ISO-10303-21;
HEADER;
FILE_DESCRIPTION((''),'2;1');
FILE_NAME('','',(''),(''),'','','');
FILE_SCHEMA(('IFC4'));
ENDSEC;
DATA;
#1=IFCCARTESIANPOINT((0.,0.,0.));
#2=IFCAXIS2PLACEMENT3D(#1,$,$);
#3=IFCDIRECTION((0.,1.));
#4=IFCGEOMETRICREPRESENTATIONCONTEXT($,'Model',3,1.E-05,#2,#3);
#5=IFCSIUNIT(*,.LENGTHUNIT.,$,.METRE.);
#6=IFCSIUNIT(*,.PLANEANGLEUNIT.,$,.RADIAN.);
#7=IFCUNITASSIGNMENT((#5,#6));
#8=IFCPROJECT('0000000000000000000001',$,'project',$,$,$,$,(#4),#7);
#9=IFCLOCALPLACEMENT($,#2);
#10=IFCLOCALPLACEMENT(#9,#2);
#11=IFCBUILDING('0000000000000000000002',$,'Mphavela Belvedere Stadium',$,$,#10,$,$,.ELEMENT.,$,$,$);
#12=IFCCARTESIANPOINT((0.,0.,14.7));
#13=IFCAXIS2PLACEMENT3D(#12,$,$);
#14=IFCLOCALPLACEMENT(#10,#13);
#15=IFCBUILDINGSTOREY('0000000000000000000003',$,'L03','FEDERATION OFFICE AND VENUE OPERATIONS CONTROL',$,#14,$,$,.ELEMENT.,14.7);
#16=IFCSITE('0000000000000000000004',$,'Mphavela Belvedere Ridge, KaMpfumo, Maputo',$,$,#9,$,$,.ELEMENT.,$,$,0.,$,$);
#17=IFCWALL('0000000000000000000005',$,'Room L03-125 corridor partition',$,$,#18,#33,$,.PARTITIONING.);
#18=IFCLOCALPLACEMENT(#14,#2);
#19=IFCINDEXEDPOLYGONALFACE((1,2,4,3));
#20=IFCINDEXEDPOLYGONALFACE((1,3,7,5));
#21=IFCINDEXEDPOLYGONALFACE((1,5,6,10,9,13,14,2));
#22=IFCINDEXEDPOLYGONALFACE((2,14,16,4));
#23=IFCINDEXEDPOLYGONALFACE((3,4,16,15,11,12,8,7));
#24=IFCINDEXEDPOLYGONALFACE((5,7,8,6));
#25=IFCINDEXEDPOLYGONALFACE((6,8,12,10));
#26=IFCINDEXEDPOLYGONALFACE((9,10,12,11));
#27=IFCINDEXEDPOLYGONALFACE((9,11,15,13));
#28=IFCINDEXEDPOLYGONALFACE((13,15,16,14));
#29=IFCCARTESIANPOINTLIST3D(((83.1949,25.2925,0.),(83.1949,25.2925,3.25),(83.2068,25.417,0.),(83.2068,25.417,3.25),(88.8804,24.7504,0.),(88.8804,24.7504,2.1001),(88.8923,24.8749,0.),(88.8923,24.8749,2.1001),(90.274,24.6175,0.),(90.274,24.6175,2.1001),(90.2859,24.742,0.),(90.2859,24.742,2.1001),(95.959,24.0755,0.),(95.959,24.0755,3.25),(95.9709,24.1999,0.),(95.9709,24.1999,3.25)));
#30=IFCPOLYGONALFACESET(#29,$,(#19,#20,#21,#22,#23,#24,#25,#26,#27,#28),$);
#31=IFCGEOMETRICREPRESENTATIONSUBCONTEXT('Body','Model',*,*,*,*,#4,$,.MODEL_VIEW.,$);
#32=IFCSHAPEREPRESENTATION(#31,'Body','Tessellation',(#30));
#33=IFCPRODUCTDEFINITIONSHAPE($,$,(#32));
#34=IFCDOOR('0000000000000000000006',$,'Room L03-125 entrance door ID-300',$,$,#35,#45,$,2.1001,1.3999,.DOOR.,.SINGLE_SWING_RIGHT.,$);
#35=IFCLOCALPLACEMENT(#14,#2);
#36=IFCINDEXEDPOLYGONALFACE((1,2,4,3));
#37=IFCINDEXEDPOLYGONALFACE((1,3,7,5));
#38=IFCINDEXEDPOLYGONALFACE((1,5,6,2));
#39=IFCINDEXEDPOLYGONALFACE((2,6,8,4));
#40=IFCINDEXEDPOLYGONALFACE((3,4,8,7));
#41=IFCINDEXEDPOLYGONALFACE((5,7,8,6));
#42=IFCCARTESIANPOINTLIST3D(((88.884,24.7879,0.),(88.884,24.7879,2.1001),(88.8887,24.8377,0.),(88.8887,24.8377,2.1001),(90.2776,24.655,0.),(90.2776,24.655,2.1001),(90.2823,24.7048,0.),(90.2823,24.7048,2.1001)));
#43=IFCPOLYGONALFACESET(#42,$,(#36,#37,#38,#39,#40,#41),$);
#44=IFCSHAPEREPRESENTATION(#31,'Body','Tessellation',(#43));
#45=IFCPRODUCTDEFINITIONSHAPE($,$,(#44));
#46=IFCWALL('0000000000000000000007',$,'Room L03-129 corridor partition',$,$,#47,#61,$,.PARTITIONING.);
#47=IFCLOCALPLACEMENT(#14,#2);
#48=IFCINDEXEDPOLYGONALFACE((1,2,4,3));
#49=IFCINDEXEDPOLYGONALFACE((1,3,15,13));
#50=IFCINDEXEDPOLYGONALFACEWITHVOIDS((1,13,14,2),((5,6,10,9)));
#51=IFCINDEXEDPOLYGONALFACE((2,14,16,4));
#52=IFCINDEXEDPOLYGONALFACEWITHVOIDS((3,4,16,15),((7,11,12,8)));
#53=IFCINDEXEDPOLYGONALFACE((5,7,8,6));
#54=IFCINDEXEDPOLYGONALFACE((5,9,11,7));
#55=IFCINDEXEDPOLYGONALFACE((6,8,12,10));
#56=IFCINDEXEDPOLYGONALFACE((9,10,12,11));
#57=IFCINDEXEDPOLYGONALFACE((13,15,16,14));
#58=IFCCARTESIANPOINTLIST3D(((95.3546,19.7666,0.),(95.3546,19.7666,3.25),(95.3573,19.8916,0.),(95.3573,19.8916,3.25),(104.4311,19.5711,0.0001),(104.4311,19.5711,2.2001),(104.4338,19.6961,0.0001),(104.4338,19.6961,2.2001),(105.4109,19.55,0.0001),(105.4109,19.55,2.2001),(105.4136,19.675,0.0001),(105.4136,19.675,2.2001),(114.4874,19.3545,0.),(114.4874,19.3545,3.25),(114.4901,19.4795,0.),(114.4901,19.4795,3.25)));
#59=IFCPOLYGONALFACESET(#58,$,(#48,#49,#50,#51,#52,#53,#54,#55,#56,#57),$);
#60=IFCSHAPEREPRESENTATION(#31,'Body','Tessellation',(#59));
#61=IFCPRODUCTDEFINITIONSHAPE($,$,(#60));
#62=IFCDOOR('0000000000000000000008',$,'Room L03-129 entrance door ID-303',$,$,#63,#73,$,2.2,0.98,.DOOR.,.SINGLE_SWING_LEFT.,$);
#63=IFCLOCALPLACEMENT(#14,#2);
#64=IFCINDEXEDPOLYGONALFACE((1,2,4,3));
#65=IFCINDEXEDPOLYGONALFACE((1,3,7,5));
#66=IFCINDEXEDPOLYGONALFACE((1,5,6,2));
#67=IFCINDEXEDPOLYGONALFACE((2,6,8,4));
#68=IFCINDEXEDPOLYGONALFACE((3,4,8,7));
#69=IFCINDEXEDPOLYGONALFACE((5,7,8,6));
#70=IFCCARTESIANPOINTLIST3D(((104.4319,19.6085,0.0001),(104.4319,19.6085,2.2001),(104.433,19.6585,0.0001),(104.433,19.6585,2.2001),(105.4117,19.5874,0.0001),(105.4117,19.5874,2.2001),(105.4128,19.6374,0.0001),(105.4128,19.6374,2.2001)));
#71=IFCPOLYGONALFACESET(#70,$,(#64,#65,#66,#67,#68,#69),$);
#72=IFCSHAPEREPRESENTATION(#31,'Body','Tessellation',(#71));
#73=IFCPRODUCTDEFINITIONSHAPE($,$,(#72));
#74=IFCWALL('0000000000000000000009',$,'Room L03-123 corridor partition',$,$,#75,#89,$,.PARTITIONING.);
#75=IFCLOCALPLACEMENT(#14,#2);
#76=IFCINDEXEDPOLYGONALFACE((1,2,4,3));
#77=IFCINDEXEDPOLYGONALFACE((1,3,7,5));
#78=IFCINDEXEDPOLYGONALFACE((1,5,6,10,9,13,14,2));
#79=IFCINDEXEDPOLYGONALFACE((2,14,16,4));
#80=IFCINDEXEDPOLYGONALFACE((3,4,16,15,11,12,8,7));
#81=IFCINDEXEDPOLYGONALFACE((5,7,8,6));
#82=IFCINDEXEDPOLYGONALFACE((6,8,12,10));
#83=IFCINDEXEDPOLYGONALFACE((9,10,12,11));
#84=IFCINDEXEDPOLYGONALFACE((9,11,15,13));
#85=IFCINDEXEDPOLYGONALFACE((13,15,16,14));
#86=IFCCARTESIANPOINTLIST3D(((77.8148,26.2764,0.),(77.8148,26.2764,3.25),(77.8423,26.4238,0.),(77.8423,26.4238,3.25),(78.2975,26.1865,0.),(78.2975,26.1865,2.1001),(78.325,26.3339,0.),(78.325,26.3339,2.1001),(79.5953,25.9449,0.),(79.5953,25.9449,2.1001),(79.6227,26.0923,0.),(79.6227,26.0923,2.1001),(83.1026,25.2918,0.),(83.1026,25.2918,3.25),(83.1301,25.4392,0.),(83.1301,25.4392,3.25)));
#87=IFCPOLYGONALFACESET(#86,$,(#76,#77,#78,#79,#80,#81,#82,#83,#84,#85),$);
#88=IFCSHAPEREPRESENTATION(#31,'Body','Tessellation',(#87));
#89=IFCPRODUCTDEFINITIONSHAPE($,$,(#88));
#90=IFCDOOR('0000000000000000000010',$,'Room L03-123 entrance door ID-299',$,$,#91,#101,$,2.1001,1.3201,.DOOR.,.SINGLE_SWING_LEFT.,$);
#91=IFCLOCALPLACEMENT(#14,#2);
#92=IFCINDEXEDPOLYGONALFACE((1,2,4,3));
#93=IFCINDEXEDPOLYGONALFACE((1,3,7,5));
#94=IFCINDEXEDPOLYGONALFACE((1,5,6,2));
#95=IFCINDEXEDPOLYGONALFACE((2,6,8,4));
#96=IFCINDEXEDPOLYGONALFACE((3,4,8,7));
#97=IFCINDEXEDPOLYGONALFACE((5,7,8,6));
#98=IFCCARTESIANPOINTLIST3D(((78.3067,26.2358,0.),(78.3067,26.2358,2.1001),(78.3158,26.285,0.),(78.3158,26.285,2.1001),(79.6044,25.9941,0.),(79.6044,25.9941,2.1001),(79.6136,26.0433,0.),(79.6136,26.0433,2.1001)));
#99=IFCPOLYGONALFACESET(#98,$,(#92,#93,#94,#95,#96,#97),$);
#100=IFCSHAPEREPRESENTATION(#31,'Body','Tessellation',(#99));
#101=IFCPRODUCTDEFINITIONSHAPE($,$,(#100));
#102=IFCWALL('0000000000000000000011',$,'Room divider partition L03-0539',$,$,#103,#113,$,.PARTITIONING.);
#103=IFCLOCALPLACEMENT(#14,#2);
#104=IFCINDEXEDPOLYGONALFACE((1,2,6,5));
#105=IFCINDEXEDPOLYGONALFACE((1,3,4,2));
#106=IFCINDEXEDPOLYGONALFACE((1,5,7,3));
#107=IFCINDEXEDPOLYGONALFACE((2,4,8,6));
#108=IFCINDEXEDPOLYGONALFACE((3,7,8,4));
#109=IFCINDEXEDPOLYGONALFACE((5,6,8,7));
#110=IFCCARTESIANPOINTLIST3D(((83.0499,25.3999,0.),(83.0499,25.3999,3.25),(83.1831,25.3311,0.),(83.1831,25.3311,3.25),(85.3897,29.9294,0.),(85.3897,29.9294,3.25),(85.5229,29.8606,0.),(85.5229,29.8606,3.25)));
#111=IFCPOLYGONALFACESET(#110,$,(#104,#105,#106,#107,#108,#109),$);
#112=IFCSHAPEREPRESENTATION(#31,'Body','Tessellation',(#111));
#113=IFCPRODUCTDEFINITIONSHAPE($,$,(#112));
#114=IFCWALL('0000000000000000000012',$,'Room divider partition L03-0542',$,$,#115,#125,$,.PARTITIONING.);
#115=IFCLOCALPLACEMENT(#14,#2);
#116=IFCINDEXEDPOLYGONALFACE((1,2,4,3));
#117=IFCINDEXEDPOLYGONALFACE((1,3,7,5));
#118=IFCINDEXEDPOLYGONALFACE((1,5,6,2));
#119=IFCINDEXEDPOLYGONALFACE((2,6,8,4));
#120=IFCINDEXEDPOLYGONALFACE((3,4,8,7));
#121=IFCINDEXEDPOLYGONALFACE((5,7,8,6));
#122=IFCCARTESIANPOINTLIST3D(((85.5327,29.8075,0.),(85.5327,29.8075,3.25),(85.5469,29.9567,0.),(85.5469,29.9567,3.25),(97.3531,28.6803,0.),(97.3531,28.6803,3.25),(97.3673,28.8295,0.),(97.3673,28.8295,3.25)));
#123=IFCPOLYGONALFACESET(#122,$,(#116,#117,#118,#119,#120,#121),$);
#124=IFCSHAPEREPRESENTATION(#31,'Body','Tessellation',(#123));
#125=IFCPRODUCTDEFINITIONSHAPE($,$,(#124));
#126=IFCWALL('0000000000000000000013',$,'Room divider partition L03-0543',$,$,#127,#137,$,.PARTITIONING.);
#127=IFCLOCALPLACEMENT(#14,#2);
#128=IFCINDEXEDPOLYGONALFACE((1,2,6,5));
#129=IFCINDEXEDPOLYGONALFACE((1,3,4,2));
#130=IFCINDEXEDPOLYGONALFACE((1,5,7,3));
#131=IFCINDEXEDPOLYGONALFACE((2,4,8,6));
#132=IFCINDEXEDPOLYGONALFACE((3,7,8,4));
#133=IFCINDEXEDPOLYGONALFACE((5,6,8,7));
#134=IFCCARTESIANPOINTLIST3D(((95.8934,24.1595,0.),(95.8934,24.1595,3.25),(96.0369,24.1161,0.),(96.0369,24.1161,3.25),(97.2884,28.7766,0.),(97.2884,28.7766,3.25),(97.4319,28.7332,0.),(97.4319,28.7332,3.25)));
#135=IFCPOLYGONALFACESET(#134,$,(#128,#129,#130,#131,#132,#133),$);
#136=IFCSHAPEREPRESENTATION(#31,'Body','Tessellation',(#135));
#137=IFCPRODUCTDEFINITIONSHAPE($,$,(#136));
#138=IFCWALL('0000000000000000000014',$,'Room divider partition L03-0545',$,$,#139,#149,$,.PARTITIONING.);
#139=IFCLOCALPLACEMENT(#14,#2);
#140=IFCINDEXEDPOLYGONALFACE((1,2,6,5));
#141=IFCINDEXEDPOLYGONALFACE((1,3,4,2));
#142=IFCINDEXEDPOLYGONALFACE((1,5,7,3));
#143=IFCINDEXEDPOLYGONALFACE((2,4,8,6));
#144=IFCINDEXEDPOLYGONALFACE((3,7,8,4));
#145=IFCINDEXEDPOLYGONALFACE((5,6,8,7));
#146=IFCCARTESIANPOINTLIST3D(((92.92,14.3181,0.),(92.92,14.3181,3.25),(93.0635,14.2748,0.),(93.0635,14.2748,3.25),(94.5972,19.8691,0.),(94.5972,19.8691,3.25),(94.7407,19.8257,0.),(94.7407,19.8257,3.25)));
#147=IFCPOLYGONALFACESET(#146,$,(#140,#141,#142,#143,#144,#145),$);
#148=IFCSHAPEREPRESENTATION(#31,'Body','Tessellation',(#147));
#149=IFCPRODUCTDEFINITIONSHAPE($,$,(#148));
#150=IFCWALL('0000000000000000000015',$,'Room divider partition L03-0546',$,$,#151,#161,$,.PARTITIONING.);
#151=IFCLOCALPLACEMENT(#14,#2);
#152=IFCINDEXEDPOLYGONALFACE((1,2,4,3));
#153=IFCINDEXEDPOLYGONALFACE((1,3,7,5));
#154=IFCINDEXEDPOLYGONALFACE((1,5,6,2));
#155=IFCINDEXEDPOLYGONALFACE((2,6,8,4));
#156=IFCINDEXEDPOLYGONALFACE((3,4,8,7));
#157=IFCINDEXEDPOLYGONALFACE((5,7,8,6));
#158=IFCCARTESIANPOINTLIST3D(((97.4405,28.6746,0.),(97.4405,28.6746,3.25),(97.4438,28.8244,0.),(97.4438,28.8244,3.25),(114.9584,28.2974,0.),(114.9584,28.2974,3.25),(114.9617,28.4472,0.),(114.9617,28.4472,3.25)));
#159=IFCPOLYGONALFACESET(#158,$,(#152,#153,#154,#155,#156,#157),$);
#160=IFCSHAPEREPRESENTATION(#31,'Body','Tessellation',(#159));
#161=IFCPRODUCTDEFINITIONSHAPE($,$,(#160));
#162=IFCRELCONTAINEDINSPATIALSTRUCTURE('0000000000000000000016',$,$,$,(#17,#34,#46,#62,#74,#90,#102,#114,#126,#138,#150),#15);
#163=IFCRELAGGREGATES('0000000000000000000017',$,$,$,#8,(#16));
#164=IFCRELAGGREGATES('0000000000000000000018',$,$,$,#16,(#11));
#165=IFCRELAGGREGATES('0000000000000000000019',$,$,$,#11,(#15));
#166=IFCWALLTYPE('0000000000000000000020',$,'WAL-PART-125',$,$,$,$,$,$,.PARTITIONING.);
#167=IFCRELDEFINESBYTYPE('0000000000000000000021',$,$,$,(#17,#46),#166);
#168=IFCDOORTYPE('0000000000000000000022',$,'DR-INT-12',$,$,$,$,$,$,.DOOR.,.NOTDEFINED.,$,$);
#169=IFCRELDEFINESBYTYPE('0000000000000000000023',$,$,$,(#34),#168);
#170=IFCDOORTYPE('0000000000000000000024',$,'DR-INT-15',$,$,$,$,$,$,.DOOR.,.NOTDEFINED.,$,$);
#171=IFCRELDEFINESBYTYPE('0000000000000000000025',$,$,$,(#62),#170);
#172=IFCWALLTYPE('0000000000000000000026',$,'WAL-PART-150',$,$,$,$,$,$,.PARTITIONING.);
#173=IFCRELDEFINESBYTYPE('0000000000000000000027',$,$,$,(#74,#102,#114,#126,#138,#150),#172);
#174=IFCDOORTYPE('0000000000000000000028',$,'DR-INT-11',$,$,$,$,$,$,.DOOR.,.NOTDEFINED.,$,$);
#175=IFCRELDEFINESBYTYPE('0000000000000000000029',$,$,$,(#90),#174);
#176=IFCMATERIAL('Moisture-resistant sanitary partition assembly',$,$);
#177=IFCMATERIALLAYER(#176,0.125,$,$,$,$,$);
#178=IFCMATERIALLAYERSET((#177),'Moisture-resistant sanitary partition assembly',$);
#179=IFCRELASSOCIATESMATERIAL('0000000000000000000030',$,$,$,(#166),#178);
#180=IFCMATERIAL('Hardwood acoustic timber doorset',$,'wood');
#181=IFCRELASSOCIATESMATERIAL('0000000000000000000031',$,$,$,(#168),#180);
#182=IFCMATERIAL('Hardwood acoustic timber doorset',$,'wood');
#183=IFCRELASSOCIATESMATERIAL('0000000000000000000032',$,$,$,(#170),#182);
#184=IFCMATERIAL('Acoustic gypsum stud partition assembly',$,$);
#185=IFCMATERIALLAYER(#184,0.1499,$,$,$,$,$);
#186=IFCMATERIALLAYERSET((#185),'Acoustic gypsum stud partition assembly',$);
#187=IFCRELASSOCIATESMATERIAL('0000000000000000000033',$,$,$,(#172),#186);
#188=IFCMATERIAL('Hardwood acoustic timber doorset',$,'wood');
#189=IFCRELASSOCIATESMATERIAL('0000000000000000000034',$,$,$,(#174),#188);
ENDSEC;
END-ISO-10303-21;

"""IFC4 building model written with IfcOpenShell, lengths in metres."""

from ifc_helpers import new_model, si_unit, direction, frame, frame_2d, origin, place, context, subcontext, project, spatial, rectangle, extrude, material, layer, layer_set, type_object, element, fill, save


model = new_model("IFC4")

# Units and contexts
model_context = context("Model", 3, precision=1e-05, world=origin(), true_north=direction((0.0, 1.0)))
body_context = subcontext(model_context, "Body", "Model", "MODEL_VIEW")
ifc_project = project(units=[si_unit("LENGTHUNIT", "METRE"), si_unit("PLANEANGLEUNIT", "RADIAN")], contexts=[model_context])

# Site, building, storey
site_placement = place(None, origin())
site = spatial("IfcSite", under=ifc_project, at=site_placement, Name="Mphavela Belvedere Ridge, KaMpfumo, Maputo", CompositionType="ELEMENT", RefElevation=0.0)
building_placement = place(site_placement, origin())
building = spatial("IfcBuilding", under=site, at=building_placement, Name="Mphavela Belvedere Stadium", CompositionType="ELEMENT")
storey_placement = place(building_placement, frame((0.0, 0.0, 14.7)))
storey = spatial("IfcBuildingStorey", under=building, at=storey_placement, Name="L03", Description="FEDERATION OFFICE AND VENUE OPERATIONS CONTROL", CompositionType="ELEMENT", Elevation=14.7)

# Walls, openings, doors
ifc_material_1 = material(Name="Moisture-resistant sanitary partition assembly")
ifc_layer_1 = layer(ifc_material_1, 0.125)
ifc_layer_set_1 = layer_set([ifc_layer_1], Name="Moisture-resistant sanitary partition assembly")
wall_type_1 = type_object("IfcWallType", Name="WAL-PART-125", PredefinedType="PARTITIONING", material=ifc_layer_set_1)
wall_1_placement = place(storey_placement, frame((95.9651, 24.1377, 0.0), z_axis=(0.0, 0.0, 1.0), x_axis=(-0.995485, 0.094918, 0.0)))
wall_1 = element("IfcWall", 1, at=wall_1_placement, inside=storey, type_object=wall_type_1, Name="Room L03-125 corridor partition", PredefinedType="PARTITIONING", context=body_context, shape_type="SweptSolid", body=[
    extrude(rectangle(XDim=12.822, YDim=0.125, at=frame_2d((6.4111, 0.0))), origin(), (0.0, 0.0, 1.0), 3.25),
])
opening_1_placement = place(wall_1_placement, frame((5.7109, 0.0, 0.0)))
opening_1 = element("IfcOpeningElement", 2, at=opening_1_placement, cuts=wall_1, PredefinedType="OPENING", context=body_context, shape_type="SweptSolid", body=[
    extrude(rectangle(XDim=1.3999, YDim=2.1001, at=frame_2d((0.7, 1.05))), frame((0.0, 0.0725, 0.0), z_axis=(0.0, -1.0, 0.0), x_axis=(1.0, 0.0, 0.0)), (0.0, 0.0, 1.0), 0.145),
])
ifc_material_2 = material(Name="Hardwood acoustic timber doorset", Category="wood")
door_type_1 = type_object("IfcDoorType", Name="DR-INT-12", OperationType="NOTDEFINED", PredefinedType="DOOR", material=ifc_material_2)
door_1_placement = place(opening_1_placement, origin())
door_1 = element("IfcDoor", 3, at=door_1_placement, inside=storey, type_object=door_type_1, Name="Room L03-125 entrance door ID-300", OperationType="SINGLE_SWING_RIGHT", OverallHeight=2.1001, OverallWidth=1.3999, PredefinedType="DOOR", context=body_context, shape_type="SweptSolid", body=[
    extrude(rectangle(XDim=1.3999, YDim=2.1001, at=frame_2d((0.7, 1.05))), frame((0.0, 0.0249, 0.0), z_axis=(0.0, -1.0, 0.0), x_axis=(1.0, 0.0, 0.0)), (0.0, 0.0, 1.0), 0.05),
])
fill(opening_1, door_1)
wall_2_placement = place(storey_placement, frame((95.356, 19.8291, 0.0), z_axis=(0.0, 0.0, 1.0), x_axis=(0.999768, -0.021534, 0.0)))
wall_2 = element("IfcWall", 4, at=wall_2_placement, inside=storey, type_object=wall_type_1, Name="Room L03-129 corridor partition", PredefinedType="PARTITIONING", context=body_context, shape_type="SweptSolid", body=[
    extrude(rectangle(XDim=19.1372, YDim=0.125, at=frame_2d((9.5686, 0.0))), origin(), (0.0, 0.0, 1.0), 3.25),
])
opening_2_placement = place(wall_2_placement, frame((9.0786, 0.0, 0.0)))
opening_2 = element("IfcOpeningElement", 5, at=opening_2_placement, cuts=wall_2, PredefinedType="OPENING", context=body_context, shape_type="SweptSolid", body=[
    extrude(rectangle(XDim=0.98, YDim=2.2, at=frame_2d((0.49, 1.1001))), frame((0.0, 0.0725, 0.0), z_axis=(0.0, -1.0, 0.0), x_axis=(1.0, 0.0, 0.0)), (0.0, 0.0, 1.0), 0.145),
])
ifc_material_3 = material(Name="Hardwood acoustic timber doorset", Category="wood")
door_type_2 = type_object("IfcDoorType", Name="DR-INT-15", OperationType="NOTDEFINED", PredefinedType="DOOR", material=ifc_material_3)
door_2_placement = place(opening_2_placement, origin())
door_2 = element("IfcDoor", 6, at=door_2_placement, inside=storey, type_object=door_type_2, Name="Room L03-129 entrance door ID-303", OperationType="SINGLE_SWING_LEFT", OverallHeight=2.2, OverallWidth=0.98, PredefinedType="DOOR", context=body_context, shape_type="SweptSolid", body=[
    extrude(rectangle(XDim=0.98, YDim=2.2, at=frame_2d((0.49, 1.1001))), frame((0.0, 0.0249, 0.0), z_axis=(0.0, -1.0, 0.0), x_axis=(1.0, 0.0, 0.0)), (0.0, 0.0, 1.0), 0.05),
])
fill(opening_2, door_2)
ifc_material_4 = material(Name="Acoustic gypsum stud partition assembly")
ifc_layer_2 = layer(ifc_material_4, 0.1499)
ifc_layer_set_2 = layer_set([ifc_layer_2], Name="Acoustic gypsum stud partition assembly")
wall_type_2 = type_object("IfcWallType", Name="WAL-PART-150", PredefinedType="PARTITIONING", material=ifc_layer_set_2)
wall_3_placement = place(storey_placement, frame((83.1165, 25.3655, 0.0), z_axis=(0.0, 0.0, 1.0), x_axis=(-0.983102, 0.183058, 0.0)))
wall_3 = element("IfcWall", 7, at=wall_3_placement, inside=storey, type_object=wall_type_2, Name="Room L03-123 corridor partition", PredefinedType="PARTITIONING", context=body_context, shape_type="SweptSolid", body=[
    extrude(rectangle(XDim=5.3787, YDim=0.1499, at=frame_2d((2.6895, 0.0))), origin(), (0.0, 0.0, 1.0), 3.25),
])
opening_3_placement = place(wall_3_placement, frame((3.5676, 0.0, 0.0)))
opening_3 = element("IfcOpeningElement", 8, at=opening_3_placement, cuts=wall_3, PredefinedType="OPENING", context=body_context, shape_type="SweptSolid", body=[
    extrude(rectangle(XDim=1.3201, YDim=2.1001, at=frame_2d((0.6602, 1.05))), frame((0.0, 0.085, 0.0), z_axis=(0.0, -1.0, 0.0), x_axis=(1.0, 0.0, 0.0)), (0.0, 0.0, 1.0), 0.1699),
])
ifc_material_5 = material(Name="Hardwood acoustic timber doorset", Category="wood")
door_type_3 = type_object("IfcDoorType", Name="DR-INT-11", OperationType="NOTDEFINED", PredefinedType="DOOR", material=ifc_material_5)
door_3_placement = place(opening_3_placement, origin())
door_3 = element("IfcDoor", 9, at=door_3_placement, inside=storey, type_object=door_type_3, Name="Room L03-123 entrance door ID-299", OperationType="SINGLE_SWING_LEFT", OverallHeight=2.1001, OverallWidth=1.3201, PredefinedType="DOOR", context=body_context, shape_type="SweptSolid", body=[
    extrude(rectangle(XDim=1.3201, YDim=2.1001, at=frame_2d((0.6602, 1.05))), frame((0.0, 0.0249, 0.0), z_axis=(0.0, -1.0, 0.0), x_axis=(1.0, 0.0, 0.0)), (0.0, 0.0, 1.0), 0.05),
])
fill(opening_3, door_3)

# Walls
wall_4_placement = place(storey_placement, frame((85.4563, 29.895, 0.0), z_axis=(0.0, 0.0, 1.0), x_axis=(-0.458955, -0.888459, 0.0)))
element("IfcWall", 10, at=wall_4_placement, inside=storey, type_object=wall_type_2, Name="Room divider partition L03-0539", PredefinedType="PARTITIONING", context=body_context, shape_type="SweptSolid", body=[
    extrude(rectangle(XDim=5.0981, YDim=0.1499, at=frame_2d((2.5491, 0.0))), origin(), (0.0, 0.0, 1.0), 3.25),
])
wall_5_placement = place(storey_placement, frame((85.5398, 29.8821, 0.0), z_axis=(0.0, 0.0, 1.0), x_axis=(0.995484, -0.09493, 0.0)))
element("IfcWall", 11, at=wall_5_placement, inside=storey, type_object=wall_type_2, Name="Room divider partition L03-0542", PredefinedType="PARTITIONING", context=body_context, shape_type="SweptSolid", body=[
    extrude(rectangle(XDim=11.874, YDim=0.1499, at=frame_2d((5.937, 0.0))), origin(), (0.0, 0.0, 1.0), 3.25),
])
wall_6_placement = place(storey_placement, frame((97.3601, 28.7549, 0.0), z_axis=(0.0, 0.0, 1.0), x_axis=(-0.289223, -0.957262, 0.0)))
element("IfcWall", 12, at=wall_6_placement, inside=storey, type_object=wall_type_2, Name="Room divider partition L03-0543", PredefinedType="PARTITIONING", context=body_context, shape_type="SweptSolid", body=[
    extrude(rectangle(XDim=4.8232, YDim=0.1499, at=frame_2d((2.4116, 0.0))), origin(), (0.0, 0.0, 1.0), 3.25),
])
wall_7_placement = place(storey_placement, frame((94.6689, 19.8474, 0.0), z_axis=(0.0, 0.0, 1.0), x_axis=(-0.289236, -0.957258, 0.0)))
element("IfcWall", 13, at=wall_7_placement, inside=storey, type_object=wall_type_2, Name="Room divider partition L03-0545", PredefinedType="PARTITIONING", context=body_context, shape_type="SweptSolid", body=[
    extrude(rectangle(XDim=5.7988, YDim=0.1499, at=frame_2d((2.8994, 0.0))), origin(), (0.0, 0.0, 1.0), 3.25),
])
wall_8_placement = place(storey_placement, frame((97.4421, 28.7495, 0.0), z_axis=(0.0, 0.0, 1.0), x_axis=(0.999768, -0.021527, 0.0)))
element("IfcWall", 14, at=wall_8_placement, inside=storey, type_object=wall_type_2, Name="Room divider partition L03-0546", PredefinedType="PARTITIONING", context=body_context, shape_type="SweptSolid", body=[
    extrude(rectangle(XDim=17.522, YDim=0.1499, at=frame_2d((8.761, 0.0))), origin(), (0.0, 0.0, 1.0), 3.25),
])

save(model, "model.ifc")
